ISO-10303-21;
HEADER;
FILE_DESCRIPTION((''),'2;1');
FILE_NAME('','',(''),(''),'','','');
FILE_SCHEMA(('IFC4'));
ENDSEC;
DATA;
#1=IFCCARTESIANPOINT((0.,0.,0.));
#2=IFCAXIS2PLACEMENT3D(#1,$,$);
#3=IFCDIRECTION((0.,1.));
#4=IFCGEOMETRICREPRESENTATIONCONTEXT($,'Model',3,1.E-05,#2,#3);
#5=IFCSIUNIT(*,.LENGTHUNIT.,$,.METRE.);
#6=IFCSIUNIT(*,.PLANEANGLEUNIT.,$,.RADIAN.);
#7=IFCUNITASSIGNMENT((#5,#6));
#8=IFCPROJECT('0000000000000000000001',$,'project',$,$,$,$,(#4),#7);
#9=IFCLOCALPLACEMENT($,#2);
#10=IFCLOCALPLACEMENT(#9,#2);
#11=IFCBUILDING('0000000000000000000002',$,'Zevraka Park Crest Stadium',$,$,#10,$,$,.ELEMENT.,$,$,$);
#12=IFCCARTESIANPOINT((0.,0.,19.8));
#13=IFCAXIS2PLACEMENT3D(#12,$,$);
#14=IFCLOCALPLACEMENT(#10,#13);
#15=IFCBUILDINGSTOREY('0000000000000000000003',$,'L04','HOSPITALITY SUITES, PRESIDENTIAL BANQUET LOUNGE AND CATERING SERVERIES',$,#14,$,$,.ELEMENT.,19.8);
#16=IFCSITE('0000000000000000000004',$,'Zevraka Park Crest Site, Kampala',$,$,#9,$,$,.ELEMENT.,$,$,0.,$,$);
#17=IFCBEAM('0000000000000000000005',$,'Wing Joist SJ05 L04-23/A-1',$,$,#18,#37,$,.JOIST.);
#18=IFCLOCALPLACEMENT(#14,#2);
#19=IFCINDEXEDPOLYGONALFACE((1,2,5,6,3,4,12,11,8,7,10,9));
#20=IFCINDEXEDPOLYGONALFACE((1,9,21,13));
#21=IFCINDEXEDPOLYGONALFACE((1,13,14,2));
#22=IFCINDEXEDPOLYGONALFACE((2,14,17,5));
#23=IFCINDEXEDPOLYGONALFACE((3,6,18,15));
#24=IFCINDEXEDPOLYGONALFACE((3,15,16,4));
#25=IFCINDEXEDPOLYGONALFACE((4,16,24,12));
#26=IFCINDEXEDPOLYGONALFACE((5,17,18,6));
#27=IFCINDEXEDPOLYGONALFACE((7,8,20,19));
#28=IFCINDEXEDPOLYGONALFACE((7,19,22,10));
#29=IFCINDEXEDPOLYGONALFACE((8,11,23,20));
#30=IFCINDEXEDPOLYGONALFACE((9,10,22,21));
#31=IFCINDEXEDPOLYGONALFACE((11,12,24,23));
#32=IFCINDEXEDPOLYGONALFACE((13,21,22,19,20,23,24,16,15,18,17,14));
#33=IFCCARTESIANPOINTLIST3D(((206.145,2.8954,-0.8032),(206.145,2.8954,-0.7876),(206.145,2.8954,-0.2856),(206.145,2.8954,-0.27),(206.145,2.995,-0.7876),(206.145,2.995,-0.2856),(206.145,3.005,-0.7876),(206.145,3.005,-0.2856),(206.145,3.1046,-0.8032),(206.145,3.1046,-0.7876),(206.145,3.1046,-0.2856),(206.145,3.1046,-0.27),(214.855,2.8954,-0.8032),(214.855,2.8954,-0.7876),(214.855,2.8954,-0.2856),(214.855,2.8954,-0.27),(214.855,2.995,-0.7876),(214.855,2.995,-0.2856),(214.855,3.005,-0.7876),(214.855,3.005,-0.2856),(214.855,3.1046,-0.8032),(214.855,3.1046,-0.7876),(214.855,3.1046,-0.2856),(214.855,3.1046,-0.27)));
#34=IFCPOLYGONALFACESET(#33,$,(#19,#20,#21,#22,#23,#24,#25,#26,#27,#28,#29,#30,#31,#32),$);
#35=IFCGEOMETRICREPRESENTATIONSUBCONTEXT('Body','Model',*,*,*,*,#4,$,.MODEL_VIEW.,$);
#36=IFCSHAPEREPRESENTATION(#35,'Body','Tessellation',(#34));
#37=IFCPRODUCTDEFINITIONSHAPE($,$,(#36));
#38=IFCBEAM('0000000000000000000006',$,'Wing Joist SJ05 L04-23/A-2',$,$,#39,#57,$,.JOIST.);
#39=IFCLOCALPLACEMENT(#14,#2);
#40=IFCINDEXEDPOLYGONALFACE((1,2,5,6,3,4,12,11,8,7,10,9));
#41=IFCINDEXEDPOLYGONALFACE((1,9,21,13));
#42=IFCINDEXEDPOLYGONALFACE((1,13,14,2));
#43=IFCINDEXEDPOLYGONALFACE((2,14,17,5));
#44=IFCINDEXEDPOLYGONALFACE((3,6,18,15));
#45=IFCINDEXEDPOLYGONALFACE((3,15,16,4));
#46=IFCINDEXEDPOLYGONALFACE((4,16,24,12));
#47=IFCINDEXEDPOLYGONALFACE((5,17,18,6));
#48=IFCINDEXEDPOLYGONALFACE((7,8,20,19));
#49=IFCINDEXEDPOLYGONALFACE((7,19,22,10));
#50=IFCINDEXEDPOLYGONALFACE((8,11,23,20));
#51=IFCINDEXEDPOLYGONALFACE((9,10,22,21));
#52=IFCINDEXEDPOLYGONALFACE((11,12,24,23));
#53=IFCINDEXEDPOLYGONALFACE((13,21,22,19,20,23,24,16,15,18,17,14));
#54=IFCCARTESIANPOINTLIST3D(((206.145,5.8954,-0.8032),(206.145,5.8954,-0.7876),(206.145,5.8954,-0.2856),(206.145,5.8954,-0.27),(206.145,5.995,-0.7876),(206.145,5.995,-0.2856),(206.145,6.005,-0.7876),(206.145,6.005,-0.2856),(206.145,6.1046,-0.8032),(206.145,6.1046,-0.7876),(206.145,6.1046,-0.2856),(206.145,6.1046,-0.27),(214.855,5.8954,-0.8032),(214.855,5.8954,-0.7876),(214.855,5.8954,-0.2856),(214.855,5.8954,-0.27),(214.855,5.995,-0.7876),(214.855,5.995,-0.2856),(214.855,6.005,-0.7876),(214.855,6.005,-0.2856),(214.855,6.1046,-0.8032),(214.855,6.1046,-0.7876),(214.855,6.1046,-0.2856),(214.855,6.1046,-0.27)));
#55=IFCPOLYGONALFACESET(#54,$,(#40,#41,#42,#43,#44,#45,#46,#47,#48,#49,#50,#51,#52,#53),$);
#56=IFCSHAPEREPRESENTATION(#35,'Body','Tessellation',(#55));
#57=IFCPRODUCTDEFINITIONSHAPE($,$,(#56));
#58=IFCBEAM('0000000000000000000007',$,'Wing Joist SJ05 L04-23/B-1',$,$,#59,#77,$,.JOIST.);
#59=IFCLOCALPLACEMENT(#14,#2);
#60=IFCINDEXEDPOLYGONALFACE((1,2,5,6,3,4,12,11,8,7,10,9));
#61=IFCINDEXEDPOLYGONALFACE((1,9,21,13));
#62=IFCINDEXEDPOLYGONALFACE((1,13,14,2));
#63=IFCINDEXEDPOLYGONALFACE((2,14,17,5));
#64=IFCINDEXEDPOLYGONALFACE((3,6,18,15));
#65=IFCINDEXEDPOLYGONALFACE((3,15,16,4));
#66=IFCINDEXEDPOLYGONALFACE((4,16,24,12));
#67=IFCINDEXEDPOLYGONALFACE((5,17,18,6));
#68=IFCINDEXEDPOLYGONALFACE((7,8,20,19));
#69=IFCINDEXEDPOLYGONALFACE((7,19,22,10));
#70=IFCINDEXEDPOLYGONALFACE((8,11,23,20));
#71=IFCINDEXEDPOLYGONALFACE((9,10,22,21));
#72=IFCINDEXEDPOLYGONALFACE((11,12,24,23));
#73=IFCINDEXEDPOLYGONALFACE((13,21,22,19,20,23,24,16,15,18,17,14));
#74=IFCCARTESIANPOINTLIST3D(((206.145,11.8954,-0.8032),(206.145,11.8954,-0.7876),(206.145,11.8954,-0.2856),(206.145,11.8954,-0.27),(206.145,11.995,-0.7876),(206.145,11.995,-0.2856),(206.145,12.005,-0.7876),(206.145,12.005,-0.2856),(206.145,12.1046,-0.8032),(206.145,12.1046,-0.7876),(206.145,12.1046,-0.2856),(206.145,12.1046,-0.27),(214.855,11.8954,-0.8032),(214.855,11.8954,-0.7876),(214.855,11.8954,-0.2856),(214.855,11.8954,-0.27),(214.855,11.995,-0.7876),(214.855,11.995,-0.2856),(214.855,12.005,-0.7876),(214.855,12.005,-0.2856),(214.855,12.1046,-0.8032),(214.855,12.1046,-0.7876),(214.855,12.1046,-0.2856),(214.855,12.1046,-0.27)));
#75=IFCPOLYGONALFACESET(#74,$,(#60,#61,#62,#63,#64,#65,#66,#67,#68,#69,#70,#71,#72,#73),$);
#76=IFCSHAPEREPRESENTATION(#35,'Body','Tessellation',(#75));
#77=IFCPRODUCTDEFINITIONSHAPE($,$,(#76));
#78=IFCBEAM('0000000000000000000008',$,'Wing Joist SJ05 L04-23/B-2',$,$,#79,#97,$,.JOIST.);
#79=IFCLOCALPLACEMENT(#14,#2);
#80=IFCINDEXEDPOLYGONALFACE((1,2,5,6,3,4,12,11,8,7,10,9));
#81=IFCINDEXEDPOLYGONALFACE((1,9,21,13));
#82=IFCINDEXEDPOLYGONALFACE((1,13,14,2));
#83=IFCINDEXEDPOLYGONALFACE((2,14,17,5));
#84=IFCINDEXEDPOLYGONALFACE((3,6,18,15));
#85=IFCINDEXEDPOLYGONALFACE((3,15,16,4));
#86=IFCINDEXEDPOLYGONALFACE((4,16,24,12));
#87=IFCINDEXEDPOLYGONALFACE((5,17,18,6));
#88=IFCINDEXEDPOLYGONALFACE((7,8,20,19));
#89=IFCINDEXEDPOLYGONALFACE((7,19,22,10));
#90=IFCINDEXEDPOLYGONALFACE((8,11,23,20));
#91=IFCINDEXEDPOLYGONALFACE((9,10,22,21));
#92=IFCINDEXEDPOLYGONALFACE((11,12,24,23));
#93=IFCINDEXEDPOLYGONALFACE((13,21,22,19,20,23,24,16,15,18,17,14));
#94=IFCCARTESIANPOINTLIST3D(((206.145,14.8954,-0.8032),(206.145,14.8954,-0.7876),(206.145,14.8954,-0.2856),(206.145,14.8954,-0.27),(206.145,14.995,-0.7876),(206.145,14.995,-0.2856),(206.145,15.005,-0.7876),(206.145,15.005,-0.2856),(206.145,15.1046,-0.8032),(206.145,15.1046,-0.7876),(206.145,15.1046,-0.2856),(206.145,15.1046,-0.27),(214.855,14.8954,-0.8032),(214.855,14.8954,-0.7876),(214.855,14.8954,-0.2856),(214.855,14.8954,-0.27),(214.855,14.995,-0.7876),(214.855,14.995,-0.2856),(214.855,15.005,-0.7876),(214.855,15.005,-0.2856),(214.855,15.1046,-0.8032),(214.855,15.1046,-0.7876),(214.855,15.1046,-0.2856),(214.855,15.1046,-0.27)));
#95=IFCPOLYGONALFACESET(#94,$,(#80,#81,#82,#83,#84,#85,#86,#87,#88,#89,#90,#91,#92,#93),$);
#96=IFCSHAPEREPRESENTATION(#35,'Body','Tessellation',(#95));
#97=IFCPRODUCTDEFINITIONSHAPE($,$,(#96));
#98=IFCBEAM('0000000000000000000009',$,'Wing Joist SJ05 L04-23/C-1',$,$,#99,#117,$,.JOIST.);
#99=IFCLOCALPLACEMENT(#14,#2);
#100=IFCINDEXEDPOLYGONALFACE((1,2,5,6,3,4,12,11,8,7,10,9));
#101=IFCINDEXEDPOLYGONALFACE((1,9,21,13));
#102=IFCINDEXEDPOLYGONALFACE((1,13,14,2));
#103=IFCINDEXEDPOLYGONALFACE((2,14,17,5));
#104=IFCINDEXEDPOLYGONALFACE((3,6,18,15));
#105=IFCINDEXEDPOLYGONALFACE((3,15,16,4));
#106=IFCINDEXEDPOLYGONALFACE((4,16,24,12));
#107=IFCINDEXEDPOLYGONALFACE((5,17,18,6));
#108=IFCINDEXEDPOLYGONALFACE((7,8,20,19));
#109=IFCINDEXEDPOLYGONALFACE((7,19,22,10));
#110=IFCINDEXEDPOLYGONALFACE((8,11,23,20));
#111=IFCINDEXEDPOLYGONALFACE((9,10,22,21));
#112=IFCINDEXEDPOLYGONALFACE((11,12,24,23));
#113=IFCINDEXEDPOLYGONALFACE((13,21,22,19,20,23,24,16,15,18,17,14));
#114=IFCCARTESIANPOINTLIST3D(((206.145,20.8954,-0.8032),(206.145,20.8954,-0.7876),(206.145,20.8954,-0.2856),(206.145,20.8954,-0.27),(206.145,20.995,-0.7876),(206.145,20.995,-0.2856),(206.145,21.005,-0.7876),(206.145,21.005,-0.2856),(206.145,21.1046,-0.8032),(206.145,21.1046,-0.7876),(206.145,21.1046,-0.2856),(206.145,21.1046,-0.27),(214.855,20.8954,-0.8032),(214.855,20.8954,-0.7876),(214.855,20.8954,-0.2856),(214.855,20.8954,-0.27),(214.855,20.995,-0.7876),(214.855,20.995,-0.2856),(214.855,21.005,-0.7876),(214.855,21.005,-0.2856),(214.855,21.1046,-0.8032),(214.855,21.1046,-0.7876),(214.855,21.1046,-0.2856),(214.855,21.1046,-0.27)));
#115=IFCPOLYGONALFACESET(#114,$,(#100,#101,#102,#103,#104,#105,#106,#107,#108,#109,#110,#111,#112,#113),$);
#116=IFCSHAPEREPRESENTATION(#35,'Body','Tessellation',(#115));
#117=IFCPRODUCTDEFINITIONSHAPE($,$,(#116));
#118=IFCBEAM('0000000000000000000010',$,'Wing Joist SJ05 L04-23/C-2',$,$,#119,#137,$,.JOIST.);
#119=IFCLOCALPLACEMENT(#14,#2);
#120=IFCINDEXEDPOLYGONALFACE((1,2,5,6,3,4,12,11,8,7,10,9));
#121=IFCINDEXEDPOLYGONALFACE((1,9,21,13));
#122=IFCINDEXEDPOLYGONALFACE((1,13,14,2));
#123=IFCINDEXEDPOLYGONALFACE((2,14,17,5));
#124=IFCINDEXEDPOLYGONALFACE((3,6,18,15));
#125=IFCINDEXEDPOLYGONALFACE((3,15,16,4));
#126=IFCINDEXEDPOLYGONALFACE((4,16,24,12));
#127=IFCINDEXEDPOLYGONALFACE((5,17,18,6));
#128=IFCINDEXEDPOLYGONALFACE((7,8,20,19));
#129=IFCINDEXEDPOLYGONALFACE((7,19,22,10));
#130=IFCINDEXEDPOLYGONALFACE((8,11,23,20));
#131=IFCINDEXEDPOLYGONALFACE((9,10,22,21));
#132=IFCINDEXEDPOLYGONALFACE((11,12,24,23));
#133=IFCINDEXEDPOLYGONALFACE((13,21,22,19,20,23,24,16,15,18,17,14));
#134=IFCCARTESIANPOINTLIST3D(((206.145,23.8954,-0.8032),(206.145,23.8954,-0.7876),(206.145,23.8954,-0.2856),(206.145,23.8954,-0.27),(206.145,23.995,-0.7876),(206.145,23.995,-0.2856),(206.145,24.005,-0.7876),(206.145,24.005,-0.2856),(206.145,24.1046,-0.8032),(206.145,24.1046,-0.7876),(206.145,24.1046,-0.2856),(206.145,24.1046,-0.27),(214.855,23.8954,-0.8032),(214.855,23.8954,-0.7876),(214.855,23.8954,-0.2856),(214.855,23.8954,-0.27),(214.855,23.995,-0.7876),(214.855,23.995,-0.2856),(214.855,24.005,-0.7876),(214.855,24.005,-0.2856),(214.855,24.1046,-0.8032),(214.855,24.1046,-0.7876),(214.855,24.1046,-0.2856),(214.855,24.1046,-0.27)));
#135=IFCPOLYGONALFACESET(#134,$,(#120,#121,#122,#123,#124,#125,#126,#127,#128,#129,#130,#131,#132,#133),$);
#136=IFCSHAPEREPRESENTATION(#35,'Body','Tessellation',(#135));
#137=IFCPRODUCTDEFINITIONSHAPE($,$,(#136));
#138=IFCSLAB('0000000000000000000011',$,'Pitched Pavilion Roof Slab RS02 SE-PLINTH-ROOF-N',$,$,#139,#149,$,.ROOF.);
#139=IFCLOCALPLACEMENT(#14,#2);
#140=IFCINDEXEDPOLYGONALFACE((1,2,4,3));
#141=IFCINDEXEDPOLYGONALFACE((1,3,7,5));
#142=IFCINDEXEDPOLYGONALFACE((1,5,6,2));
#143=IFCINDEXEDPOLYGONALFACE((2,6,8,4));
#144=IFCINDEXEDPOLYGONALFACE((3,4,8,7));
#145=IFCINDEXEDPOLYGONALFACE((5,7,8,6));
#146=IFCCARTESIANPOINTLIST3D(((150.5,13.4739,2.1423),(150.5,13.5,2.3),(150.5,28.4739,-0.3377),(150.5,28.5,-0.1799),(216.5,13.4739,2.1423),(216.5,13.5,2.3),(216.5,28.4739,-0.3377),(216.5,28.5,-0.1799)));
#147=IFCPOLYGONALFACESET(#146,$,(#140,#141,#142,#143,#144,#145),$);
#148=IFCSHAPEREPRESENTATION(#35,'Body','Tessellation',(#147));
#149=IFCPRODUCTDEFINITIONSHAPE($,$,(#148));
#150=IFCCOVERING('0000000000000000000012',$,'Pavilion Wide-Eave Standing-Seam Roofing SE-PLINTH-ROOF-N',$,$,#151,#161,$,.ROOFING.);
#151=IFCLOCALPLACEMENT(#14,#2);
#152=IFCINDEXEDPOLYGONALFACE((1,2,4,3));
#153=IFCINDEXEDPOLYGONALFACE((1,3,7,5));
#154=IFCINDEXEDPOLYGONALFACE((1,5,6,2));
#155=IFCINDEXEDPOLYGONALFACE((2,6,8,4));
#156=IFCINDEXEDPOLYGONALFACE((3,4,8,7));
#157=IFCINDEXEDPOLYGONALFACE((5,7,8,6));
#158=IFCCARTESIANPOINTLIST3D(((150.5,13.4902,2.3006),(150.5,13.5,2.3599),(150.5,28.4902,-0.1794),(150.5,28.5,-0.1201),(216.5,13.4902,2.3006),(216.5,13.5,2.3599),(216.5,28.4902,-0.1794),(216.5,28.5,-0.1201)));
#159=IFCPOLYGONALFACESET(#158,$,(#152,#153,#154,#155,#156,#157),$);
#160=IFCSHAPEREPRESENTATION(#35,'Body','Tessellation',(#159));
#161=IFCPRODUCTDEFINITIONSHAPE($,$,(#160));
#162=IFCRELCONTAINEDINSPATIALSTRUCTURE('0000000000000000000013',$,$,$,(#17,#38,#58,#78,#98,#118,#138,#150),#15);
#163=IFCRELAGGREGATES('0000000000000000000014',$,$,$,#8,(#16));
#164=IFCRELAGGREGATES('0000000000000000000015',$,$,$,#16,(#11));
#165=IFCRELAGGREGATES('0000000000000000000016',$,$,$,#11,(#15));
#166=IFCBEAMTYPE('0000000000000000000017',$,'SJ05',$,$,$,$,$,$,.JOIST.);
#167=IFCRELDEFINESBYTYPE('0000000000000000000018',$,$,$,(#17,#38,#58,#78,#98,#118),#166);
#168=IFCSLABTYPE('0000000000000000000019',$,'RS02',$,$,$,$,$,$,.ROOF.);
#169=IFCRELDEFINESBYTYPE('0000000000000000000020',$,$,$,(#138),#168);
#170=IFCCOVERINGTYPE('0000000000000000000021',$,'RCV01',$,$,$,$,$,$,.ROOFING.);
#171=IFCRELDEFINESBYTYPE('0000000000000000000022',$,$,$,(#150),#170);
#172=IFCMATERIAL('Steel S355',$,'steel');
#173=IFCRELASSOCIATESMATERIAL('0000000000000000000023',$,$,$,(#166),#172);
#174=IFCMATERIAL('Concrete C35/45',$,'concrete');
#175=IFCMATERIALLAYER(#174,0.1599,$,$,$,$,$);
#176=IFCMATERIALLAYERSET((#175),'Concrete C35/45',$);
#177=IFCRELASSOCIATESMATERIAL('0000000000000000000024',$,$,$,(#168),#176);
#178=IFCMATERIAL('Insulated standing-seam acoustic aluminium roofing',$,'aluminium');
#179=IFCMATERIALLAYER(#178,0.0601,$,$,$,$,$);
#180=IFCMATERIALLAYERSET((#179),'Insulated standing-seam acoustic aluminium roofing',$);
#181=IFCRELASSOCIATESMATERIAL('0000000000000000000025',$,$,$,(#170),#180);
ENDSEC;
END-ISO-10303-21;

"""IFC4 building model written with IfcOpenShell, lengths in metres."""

from ifc_helpers import new_model, si_unit, direction, frame, origin, origin_2d, place, context, subcontext, project, spatial, polyline, i_section, outline, extrude, material, layer, layer_set, material_profile, profile_set, type_object, element, save


model = new_model("IFC4")

# Units and contexts
model_context = context("Model", 3, precision=1e-05, world=origin(), true_north=direction((0.0, 1.0)))
body_context = subcontext(model_context, "Body", "Model", "MODEL_VIEW")
ifc_project = project(units=[si_unit("LENGTHUNIT", "METRE"), si_unit("PLANEANGLEUNIT", "RADIAN")], contexts=[model_context])

# Site, building, storey
site_placement = place(None, origin())
site = spatial("IfcSite", under=ifc_project, at=site_placement, Name="Zevraka Park Crest Site, Kampala", CompositionType="ELEMENT", RefElevation=0.0)
building_placement = place(site_placement, origin())
building = spatial("IfcBuilding", under=site, at=building_placement, Name="Zevraka Park Crest Stadium", CompositionType="ELEMENT")
storey_placement = place(building_placement, frame((0.0, 0.0, 19.8)))
storey = spatial("IfcBuildingStorey", under=building, at=storey_placement, Name="L04", Description="HOSPITALITY SUITES, PRESIDENTIAL BANQUET LOUNGE AND CATERING SERVERIES", CompositionType="ELEMENT", Elevation=19.8)

# Beams
ifc_material_1 = material(Name="Steel S355", Category="steel")
ifc_material_profile_1 = material_profile(ifc_material_1, i_section(OverallWidth=0.2092, OverallDepth=0.5332, WebThickness=0.01, FlangeThickness=0.0156, at=origin_2d()), Name="UKB 533x210x92")
ifc_profile_set_1 = profile_set([ifc_material_profile_1], Name="Steel S355")
beam_type_1 = type_object("IfcBeamType", Name="SJ05", PredefinedType="JOIST", material=ifc_profile_set_1)
for number, where, z_axis, x_axis, name in (
    (1, (206.145, 3.0, -0.5366), (1.0, 0.0, 0.0), (0.0, 1.0, 0.0), "Wing Joist SJ05 L04-23/A-1"),
    (2, (206.145, 6.0, -0.5366), (1.0, 0.0, 0.0), (0.0, 1.0, 0.0), "Wing Joist SJ05 L04-23/A-2"),
    (3, (206.145, 12.0, -0.5366), (1.0, 0.0, 0.0), (0.0, 1.0, 0.0), "Wing Joist SJ05 L04-23/B-1"),
    (4, (206.145, 15.0, -0.5366), (1.0, 0.0, 0.0), (0.0, 1.0, 0.0), "Wing Joist SJ05 L04-23/B-2"),
    (5, (206.145, 21.0, -0.5366), (1.0, 0.0, 0.0), (0.0, 1.0, 0.0), "Wing Joist SJ05 L04-23/C-1"),
    (6, (206.145, 24.0, -0.5366), (1.0, 0.0, 0.0), (0.0, 1.0, 0.0), "Wing Joist SJ05 L04-23/C-2"),
):
    element("IfcBeam", number, at=place(storey_placement, frame(where, z_axis=z_axis, x_axis=x_axis)), inside=storey, type_object=beam_type_1, Name=name, PredefinedType="JOIST", context=body_context, shape_type="SweptSolid", body=[
        extrude(i_section(OverallWidth=0.2092, OverallDepth=0.5332, WebThickness=0.01, FlangeThickness=0.0156, at=origin_2d()), origin(), (0.0, 0.0, 1.0), 8.71),
    ])

# Slab
ifc_material_2 = material(Name="Concrete C35/45", Category="concrete")
ifc_layer_1 = layer(ifc_material_2, 0.1599)
ifc_layer_set_1 = layer_set([ifc_layer_1], Name="Concrete C35/45")
slab_type = type_object("IfcSlabType", Name="RS02", PredefinedType="ROOF", material=ifc_layer_set_1)
slab_placement = place(storey_placement, frame((216.5, 28.5, -0.1799), z_axis=(0.0, 0.163118, 0.986607), x_axis=(-1.0, 0.0, 0.0)))
element("IfcSlab", 7, at=slab_placement, inside=storey, type_object=slab_type, Name="Pitched Pavilion Roof Slab RS02 SE-PLINTH-ROOF-N", PredefinedType="ROOF", context=body_context, shape_type="SweptSolid", body=[
    extrude(outline(polyline([(0.0, 0.0), (66.0, 0.0), (66.0, 15.2036), (0.0, 15.2036), (0.0, 0.0)])), origin(), (0.0, 0.0, -1.0), 0.1599),
])

# Covering
ifc_material_3 = material(Name="Insulated standing-seam acoustic aluminium roofing", Category="aluminium")
ifc_layer_2 = layer(ifc_material_3, 0.0601)
ifc_layer_set_2 = layer_set([ifc_layer_2], Name="Insulated standing-seam acoustic aluminium roofing")
covering_type = type_object("IfcCoveringType", Name="RCV01", PredefinedType="ROOFING", material=ifc_layer_set_2)
covering_placement = place(storey_placement, frame((216.5, 28.5, -0.1201), z_axis=(0.0, 0.163118, 0.986607), x_axis=(-1.0, 0.0, 0.0)))
element("IfcCovering", 8, at=covering_placement, inside=storey, type_object=covering_type, Name="Pavilion Wide-Eave Standing-Seam Roofing SE-PLINTH-ROOF-N", PredefinedType="ROOFING", context=body_context, shape_type="SweptSolid", body=[
    extrude(outline(polyline([(0.0, 0.0), (66.0, 0.0), (66.0, 15.2036), (0.0, 15.2036), (0.0, 0.0)])), origin(), (0.0, 0.0, -1.0), 0.0601),
])

save(model, "model.ifc")
